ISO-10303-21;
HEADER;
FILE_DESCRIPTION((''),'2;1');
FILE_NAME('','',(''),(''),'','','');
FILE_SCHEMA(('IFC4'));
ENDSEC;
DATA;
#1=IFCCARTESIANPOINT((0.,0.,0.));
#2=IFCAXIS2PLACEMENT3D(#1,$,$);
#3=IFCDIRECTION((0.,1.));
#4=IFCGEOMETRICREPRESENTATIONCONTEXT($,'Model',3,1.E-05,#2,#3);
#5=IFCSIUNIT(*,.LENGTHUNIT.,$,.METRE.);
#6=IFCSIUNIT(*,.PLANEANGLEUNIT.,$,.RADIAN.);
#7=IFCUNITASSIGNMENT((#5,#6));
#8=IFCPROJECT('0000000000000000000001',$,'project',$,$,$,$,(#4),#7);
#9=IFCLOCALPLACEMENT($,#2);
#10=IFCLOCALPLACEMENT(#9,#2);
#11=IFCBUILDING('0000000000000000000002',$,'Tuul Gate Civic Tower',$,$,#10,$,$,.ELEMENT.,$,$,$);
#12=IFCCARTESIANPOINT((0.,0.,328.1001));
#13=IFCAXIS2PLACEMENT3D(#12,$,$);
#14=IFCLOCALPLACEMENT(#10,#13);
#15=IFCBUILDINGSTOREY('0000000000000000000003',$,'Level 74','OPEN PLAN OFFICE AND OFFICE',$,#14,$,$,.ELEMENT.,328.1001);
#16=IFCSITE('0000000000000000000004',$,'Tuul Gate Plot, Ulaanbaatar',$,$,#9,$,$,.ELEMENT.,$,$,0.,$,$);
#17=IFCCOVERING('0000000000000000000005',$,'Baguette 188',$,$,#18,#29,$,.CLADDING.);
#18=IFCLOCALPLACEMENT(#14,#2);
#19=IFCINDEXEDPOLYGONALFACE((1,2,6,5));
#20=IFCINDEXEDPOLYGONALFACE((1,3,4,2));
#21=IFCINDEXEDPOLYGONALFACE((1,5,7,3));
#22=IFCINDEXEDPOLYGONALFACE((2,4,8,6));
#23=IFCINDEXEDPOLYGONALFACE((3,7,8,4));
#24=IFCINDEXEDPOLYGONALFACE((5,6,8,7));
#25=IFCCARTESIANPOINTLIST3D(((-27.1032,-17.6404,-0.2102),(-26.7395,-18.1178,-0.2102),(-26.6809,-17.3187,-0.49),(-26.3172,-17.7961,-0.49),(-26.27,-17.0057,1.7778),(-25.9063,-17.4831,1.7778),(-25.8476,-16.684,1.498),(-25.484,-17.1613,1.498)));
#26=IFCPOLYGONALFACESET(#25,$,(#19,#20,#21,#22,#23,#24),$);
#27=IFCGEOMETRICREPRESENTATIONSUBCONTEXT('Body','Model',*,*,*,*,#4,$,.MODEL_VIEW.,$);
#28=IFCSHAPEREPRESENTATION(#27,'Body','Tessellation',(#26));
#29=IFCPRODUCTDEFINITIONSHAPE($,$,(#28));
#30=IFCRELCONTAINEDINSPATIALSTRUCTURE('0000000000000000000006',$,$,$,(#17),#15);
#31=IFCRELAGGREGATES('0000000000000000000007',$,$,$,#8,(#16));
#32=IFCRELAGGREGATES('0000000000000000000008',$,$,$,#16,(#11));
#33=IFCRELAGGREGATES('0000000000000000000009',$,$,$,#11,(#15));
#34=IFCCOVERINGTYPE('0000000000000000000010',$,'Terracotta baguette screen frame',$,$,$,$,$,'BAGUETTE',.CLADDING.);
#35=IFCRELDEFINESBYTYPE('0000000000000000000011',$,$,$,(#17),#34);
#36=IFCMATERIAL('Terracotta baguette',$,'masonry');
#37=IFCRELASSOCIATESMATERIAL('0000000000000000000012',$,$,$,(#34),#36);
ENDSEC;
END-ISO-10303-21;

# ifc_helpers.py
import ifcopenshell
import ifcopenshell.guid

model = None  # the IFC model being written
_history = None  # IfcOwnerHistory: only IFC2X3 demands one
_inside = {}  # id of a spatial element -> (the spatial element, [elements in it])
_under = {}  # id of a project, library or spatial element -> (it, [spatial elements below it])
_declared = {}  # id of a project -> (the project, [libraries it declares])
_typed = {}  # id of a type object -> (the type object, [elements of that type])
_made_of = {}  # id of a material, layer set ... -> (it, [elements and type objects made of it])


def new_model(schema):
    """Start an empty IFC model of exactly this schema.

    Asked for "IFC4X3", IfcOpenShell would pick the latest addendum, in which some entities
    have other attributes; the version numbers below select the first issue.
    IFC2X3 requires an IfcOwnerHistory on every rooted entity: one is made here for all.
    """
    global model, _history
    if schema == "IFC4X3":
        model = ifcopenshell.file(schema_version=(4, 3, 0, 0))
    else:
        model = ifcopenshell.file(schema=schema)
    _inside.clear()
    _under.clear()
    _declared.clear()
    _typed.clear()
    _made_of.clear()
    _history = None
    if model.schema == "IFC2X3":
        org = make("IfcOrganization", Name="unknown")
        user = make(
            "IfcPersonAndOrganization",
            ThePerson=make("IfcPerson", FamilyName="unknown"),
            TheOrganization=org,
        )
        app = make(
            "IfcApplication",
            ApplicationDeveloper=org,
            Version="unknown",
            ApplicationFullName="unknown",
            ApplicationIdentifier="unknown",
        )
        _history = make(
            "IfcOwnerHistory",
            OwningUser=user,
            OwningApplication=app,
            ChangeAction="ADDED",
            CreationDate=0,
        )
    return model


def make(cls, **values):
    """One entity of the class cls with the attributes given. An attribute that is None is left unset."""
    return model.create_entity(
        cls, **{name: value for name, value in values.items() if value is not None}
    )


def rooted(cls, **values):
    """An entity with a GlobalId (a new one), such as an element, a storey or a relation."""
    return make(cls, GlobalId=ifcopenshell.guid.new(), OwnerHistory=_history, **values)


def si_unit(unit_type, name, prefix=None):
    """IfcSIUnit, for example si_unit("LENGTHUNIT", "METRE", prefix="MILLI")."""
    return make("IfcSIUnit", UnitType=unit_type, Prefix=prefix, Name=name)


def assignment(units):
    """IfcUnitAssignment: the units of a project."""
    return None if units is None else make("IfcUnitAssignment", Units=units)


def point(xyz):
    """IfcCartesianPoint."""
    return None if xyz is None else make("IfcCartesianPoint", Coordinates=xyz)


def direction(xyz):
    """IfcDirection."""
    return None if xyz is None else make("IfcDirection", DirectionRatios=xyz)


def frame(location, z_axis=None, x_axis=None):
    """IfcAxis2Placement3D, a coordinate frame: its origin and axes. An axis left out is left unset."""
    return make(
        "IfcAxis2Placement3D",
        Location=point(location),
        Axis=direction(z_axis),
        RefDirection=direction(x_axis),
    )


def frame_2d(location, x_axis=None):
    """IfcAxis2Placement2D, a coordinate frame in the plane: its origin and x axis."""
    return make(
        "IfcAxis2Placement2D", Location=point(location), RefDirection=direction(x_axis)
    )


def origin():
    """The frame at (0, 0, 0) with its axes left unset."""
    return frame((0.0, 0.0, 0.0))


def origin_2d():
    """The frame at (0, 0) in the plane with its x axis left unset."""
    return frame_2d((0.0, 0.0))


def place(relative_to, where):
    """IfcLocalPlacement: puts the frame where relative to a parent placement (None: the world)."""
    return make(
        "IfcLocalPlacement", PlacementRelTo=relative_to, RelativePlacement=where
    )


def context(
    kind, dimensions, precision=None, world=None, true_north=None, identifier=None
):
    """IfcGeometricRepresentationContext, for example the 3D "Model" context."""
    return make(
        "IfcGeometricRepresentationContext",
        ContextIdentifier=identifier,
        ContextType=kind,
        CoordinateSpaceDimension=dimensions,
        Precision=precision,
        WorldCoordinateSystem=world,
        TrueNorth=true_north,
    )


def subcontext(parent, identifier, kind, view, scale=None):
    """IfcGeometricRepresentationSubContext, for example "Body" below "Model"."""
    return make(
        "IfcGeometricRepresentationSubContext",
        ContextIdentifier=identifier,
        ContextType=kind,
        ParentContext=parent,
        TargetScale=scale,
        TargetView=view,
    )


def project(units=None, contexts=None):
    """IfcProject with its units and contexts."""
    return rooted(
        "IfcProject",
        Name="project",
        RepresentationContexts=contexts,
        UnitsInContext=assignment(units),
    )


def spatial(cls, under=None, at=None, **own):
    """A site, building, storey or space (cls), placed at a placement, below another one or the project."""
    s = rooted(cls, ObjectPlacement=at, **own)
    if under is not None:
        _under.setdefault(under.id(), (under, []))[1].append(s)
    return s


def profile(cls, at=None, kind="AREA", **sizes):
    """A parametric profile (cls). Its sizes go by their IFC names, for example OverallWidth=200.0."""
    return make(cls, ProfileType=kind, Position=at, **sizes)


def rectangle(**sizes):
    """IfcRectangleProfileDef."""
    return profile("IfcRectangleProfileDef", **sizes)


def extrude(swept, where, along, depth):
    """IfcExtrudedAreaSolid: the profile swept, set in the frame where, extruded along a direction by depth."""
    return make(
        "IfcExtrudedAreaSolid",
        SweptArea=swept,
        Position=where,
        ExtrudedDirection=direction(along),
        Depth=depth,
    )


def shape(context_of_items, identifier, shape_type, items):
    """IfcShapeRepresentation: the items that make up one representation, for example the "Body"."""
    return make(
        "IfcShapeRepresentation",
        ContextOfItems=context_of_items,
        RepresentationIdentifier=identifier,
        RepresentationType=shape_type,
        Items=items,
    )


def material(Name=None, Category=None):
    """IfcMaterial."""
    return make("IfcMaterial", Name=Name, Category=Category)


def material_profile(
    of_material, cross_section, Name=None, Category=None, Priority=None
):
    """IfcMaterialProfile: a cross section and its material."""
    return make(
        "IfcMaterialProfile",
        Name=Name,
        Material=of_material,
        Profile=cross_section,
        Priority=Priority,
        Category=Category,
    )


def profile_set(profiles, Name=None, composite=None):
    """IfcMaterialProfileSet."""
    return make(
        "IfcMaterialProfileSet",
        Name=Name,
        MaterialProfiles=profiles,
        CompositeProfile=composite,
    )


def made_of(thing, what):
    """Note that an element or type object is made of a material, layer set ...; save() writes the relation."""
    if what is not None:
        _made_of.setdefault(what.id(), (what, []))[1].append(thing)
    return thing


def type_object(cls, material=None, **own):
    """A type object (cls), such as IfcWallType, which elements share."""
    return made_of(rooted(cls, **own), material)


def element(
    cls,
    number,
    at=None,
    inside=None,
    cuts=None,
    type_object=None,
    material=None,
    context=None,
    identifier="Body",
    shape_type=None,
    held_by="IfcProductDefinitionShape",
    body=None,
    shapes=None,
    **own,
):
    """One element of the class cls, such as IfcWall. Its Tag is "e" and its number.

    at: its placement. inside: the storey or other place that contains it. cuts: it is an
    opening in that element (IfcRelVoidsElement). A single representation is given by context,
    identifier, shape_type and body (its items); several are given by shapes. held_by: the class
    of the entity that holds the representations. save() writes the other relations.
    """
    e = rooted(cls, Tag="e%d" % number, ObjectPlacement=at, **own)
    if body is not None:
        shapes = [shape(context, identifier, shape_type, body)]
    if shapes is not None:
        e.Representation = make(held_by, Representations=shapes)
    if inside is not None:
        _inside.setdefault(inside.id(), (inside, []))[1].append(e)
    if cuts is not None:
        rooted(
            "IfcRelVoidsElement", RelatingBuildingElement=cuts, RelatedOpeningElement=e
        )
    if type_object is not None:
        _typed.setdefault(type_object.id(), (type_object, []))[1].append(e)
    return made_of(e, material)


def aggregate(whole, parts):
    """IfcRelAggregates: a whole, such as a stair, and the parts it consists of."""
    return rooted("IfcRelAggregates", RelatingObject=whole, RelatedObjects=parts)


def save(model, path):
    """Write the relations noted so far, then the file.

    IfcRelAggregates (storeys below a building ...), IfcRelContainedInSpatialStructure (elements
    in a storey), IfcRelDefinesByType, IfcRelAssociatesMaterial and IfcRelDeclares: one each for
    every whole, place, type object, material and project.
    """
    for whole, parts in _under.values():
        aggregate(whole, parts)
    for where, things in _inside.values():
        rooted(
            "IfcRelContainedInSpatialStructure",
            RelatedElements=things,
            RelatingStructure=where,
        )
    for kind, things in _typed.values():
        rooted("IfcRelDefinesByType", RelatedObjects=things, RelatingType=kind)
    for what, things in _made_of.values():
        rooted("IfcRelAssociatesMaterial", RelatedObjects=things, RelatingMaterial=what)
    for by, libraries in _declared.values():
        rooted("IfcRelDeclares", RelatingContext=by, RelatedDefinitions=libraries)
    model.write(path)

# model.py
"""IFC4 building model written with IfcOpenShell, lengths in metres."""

from ifc_helpers import new_model, si_unit, direction, frame, origin, origin_2d, place, context, subcontext, project, spatial, rectangle, extrude, material, material_profile, profile_set, type_object, element, save


model = new_model("IFC4")

# Units and contexts
model_context = context("Model", 3, precision=1e-05, world=origin(), true_north=direction((0.0, 1.0)))
body_context = subcontext(model_context, "Body", "Model", "MODEL_VIEW")
ifc_project = project(units=[si_unit("LENGTHUNIT", "METRE"), si_unit("PLANEANGLEUNIT", "RADIAN")], contexts=[model_context])

# Site, building, storey
site_placement = place(None, origin())
site = spatial("IfcSite", under=ifc_project, at=site_placement, Name="Tuul Gate Plot, Ulaanbaatar", CompositionType="ELEMENT", RefElevation=0.0)
building_placement = place(site_placement, origin())
building = spatial("IfcBuilding", under=site, at=building_placement, Name="Tuul Gate Civic Tower", CompositionType="ELEMENT")
storey_placement = place(building_placement, frame((0.0, 0.0, 328.1001)))
storey = spatial("IfcBuildingStorey", under=building, at=storey_placement, Name="Level 74", Description="OPEN PLAN OFFICE AND OFFICE", CompositionType="ELEMENT", Elevation=328.1001)

# Covering
ifc_material_1 = material(Name="Terracotta baguette", Category="masonry")
ifc_material_profile_1 = material_profile(ifc_material_1, rectangle(XDim=0.6001, YDim=0.6001, at=origin_2d()), Name="Terracotta baguette screen frame")
ifc_profile_set_1 = profile_set([ifc_material_profile_1], Name="Terracotta baguette")
covering_type = type_object("IfcCoveringType", Name="Terracotta baguette screen frame", ElementType="BAGUETTE", PredefinedType="CLADDING", material=ifc_profile_set_1)
covering_placement = place(storey_placement, frame((-26.7102, -17.7183, -0.3501), z_axis=(0.37081, 0.28248, 0.884706), x_axis=(-0.605987, 0.795475, 0.0)))
element("IfcCovering", 1, at=covering_placement, inside=storey, type_object=covering_type, Name="Baguette 188", PredefinedType="CLADDING", context=body_context, shape_type="SweptSolid", body=[
    extrude(rectangle(XDim=0.6001, YDim=0.6001, at=origin_2d()), origin(), (0.0, 0.0, 1.0), 2.2471),
])

save(model, "model.ifc")
